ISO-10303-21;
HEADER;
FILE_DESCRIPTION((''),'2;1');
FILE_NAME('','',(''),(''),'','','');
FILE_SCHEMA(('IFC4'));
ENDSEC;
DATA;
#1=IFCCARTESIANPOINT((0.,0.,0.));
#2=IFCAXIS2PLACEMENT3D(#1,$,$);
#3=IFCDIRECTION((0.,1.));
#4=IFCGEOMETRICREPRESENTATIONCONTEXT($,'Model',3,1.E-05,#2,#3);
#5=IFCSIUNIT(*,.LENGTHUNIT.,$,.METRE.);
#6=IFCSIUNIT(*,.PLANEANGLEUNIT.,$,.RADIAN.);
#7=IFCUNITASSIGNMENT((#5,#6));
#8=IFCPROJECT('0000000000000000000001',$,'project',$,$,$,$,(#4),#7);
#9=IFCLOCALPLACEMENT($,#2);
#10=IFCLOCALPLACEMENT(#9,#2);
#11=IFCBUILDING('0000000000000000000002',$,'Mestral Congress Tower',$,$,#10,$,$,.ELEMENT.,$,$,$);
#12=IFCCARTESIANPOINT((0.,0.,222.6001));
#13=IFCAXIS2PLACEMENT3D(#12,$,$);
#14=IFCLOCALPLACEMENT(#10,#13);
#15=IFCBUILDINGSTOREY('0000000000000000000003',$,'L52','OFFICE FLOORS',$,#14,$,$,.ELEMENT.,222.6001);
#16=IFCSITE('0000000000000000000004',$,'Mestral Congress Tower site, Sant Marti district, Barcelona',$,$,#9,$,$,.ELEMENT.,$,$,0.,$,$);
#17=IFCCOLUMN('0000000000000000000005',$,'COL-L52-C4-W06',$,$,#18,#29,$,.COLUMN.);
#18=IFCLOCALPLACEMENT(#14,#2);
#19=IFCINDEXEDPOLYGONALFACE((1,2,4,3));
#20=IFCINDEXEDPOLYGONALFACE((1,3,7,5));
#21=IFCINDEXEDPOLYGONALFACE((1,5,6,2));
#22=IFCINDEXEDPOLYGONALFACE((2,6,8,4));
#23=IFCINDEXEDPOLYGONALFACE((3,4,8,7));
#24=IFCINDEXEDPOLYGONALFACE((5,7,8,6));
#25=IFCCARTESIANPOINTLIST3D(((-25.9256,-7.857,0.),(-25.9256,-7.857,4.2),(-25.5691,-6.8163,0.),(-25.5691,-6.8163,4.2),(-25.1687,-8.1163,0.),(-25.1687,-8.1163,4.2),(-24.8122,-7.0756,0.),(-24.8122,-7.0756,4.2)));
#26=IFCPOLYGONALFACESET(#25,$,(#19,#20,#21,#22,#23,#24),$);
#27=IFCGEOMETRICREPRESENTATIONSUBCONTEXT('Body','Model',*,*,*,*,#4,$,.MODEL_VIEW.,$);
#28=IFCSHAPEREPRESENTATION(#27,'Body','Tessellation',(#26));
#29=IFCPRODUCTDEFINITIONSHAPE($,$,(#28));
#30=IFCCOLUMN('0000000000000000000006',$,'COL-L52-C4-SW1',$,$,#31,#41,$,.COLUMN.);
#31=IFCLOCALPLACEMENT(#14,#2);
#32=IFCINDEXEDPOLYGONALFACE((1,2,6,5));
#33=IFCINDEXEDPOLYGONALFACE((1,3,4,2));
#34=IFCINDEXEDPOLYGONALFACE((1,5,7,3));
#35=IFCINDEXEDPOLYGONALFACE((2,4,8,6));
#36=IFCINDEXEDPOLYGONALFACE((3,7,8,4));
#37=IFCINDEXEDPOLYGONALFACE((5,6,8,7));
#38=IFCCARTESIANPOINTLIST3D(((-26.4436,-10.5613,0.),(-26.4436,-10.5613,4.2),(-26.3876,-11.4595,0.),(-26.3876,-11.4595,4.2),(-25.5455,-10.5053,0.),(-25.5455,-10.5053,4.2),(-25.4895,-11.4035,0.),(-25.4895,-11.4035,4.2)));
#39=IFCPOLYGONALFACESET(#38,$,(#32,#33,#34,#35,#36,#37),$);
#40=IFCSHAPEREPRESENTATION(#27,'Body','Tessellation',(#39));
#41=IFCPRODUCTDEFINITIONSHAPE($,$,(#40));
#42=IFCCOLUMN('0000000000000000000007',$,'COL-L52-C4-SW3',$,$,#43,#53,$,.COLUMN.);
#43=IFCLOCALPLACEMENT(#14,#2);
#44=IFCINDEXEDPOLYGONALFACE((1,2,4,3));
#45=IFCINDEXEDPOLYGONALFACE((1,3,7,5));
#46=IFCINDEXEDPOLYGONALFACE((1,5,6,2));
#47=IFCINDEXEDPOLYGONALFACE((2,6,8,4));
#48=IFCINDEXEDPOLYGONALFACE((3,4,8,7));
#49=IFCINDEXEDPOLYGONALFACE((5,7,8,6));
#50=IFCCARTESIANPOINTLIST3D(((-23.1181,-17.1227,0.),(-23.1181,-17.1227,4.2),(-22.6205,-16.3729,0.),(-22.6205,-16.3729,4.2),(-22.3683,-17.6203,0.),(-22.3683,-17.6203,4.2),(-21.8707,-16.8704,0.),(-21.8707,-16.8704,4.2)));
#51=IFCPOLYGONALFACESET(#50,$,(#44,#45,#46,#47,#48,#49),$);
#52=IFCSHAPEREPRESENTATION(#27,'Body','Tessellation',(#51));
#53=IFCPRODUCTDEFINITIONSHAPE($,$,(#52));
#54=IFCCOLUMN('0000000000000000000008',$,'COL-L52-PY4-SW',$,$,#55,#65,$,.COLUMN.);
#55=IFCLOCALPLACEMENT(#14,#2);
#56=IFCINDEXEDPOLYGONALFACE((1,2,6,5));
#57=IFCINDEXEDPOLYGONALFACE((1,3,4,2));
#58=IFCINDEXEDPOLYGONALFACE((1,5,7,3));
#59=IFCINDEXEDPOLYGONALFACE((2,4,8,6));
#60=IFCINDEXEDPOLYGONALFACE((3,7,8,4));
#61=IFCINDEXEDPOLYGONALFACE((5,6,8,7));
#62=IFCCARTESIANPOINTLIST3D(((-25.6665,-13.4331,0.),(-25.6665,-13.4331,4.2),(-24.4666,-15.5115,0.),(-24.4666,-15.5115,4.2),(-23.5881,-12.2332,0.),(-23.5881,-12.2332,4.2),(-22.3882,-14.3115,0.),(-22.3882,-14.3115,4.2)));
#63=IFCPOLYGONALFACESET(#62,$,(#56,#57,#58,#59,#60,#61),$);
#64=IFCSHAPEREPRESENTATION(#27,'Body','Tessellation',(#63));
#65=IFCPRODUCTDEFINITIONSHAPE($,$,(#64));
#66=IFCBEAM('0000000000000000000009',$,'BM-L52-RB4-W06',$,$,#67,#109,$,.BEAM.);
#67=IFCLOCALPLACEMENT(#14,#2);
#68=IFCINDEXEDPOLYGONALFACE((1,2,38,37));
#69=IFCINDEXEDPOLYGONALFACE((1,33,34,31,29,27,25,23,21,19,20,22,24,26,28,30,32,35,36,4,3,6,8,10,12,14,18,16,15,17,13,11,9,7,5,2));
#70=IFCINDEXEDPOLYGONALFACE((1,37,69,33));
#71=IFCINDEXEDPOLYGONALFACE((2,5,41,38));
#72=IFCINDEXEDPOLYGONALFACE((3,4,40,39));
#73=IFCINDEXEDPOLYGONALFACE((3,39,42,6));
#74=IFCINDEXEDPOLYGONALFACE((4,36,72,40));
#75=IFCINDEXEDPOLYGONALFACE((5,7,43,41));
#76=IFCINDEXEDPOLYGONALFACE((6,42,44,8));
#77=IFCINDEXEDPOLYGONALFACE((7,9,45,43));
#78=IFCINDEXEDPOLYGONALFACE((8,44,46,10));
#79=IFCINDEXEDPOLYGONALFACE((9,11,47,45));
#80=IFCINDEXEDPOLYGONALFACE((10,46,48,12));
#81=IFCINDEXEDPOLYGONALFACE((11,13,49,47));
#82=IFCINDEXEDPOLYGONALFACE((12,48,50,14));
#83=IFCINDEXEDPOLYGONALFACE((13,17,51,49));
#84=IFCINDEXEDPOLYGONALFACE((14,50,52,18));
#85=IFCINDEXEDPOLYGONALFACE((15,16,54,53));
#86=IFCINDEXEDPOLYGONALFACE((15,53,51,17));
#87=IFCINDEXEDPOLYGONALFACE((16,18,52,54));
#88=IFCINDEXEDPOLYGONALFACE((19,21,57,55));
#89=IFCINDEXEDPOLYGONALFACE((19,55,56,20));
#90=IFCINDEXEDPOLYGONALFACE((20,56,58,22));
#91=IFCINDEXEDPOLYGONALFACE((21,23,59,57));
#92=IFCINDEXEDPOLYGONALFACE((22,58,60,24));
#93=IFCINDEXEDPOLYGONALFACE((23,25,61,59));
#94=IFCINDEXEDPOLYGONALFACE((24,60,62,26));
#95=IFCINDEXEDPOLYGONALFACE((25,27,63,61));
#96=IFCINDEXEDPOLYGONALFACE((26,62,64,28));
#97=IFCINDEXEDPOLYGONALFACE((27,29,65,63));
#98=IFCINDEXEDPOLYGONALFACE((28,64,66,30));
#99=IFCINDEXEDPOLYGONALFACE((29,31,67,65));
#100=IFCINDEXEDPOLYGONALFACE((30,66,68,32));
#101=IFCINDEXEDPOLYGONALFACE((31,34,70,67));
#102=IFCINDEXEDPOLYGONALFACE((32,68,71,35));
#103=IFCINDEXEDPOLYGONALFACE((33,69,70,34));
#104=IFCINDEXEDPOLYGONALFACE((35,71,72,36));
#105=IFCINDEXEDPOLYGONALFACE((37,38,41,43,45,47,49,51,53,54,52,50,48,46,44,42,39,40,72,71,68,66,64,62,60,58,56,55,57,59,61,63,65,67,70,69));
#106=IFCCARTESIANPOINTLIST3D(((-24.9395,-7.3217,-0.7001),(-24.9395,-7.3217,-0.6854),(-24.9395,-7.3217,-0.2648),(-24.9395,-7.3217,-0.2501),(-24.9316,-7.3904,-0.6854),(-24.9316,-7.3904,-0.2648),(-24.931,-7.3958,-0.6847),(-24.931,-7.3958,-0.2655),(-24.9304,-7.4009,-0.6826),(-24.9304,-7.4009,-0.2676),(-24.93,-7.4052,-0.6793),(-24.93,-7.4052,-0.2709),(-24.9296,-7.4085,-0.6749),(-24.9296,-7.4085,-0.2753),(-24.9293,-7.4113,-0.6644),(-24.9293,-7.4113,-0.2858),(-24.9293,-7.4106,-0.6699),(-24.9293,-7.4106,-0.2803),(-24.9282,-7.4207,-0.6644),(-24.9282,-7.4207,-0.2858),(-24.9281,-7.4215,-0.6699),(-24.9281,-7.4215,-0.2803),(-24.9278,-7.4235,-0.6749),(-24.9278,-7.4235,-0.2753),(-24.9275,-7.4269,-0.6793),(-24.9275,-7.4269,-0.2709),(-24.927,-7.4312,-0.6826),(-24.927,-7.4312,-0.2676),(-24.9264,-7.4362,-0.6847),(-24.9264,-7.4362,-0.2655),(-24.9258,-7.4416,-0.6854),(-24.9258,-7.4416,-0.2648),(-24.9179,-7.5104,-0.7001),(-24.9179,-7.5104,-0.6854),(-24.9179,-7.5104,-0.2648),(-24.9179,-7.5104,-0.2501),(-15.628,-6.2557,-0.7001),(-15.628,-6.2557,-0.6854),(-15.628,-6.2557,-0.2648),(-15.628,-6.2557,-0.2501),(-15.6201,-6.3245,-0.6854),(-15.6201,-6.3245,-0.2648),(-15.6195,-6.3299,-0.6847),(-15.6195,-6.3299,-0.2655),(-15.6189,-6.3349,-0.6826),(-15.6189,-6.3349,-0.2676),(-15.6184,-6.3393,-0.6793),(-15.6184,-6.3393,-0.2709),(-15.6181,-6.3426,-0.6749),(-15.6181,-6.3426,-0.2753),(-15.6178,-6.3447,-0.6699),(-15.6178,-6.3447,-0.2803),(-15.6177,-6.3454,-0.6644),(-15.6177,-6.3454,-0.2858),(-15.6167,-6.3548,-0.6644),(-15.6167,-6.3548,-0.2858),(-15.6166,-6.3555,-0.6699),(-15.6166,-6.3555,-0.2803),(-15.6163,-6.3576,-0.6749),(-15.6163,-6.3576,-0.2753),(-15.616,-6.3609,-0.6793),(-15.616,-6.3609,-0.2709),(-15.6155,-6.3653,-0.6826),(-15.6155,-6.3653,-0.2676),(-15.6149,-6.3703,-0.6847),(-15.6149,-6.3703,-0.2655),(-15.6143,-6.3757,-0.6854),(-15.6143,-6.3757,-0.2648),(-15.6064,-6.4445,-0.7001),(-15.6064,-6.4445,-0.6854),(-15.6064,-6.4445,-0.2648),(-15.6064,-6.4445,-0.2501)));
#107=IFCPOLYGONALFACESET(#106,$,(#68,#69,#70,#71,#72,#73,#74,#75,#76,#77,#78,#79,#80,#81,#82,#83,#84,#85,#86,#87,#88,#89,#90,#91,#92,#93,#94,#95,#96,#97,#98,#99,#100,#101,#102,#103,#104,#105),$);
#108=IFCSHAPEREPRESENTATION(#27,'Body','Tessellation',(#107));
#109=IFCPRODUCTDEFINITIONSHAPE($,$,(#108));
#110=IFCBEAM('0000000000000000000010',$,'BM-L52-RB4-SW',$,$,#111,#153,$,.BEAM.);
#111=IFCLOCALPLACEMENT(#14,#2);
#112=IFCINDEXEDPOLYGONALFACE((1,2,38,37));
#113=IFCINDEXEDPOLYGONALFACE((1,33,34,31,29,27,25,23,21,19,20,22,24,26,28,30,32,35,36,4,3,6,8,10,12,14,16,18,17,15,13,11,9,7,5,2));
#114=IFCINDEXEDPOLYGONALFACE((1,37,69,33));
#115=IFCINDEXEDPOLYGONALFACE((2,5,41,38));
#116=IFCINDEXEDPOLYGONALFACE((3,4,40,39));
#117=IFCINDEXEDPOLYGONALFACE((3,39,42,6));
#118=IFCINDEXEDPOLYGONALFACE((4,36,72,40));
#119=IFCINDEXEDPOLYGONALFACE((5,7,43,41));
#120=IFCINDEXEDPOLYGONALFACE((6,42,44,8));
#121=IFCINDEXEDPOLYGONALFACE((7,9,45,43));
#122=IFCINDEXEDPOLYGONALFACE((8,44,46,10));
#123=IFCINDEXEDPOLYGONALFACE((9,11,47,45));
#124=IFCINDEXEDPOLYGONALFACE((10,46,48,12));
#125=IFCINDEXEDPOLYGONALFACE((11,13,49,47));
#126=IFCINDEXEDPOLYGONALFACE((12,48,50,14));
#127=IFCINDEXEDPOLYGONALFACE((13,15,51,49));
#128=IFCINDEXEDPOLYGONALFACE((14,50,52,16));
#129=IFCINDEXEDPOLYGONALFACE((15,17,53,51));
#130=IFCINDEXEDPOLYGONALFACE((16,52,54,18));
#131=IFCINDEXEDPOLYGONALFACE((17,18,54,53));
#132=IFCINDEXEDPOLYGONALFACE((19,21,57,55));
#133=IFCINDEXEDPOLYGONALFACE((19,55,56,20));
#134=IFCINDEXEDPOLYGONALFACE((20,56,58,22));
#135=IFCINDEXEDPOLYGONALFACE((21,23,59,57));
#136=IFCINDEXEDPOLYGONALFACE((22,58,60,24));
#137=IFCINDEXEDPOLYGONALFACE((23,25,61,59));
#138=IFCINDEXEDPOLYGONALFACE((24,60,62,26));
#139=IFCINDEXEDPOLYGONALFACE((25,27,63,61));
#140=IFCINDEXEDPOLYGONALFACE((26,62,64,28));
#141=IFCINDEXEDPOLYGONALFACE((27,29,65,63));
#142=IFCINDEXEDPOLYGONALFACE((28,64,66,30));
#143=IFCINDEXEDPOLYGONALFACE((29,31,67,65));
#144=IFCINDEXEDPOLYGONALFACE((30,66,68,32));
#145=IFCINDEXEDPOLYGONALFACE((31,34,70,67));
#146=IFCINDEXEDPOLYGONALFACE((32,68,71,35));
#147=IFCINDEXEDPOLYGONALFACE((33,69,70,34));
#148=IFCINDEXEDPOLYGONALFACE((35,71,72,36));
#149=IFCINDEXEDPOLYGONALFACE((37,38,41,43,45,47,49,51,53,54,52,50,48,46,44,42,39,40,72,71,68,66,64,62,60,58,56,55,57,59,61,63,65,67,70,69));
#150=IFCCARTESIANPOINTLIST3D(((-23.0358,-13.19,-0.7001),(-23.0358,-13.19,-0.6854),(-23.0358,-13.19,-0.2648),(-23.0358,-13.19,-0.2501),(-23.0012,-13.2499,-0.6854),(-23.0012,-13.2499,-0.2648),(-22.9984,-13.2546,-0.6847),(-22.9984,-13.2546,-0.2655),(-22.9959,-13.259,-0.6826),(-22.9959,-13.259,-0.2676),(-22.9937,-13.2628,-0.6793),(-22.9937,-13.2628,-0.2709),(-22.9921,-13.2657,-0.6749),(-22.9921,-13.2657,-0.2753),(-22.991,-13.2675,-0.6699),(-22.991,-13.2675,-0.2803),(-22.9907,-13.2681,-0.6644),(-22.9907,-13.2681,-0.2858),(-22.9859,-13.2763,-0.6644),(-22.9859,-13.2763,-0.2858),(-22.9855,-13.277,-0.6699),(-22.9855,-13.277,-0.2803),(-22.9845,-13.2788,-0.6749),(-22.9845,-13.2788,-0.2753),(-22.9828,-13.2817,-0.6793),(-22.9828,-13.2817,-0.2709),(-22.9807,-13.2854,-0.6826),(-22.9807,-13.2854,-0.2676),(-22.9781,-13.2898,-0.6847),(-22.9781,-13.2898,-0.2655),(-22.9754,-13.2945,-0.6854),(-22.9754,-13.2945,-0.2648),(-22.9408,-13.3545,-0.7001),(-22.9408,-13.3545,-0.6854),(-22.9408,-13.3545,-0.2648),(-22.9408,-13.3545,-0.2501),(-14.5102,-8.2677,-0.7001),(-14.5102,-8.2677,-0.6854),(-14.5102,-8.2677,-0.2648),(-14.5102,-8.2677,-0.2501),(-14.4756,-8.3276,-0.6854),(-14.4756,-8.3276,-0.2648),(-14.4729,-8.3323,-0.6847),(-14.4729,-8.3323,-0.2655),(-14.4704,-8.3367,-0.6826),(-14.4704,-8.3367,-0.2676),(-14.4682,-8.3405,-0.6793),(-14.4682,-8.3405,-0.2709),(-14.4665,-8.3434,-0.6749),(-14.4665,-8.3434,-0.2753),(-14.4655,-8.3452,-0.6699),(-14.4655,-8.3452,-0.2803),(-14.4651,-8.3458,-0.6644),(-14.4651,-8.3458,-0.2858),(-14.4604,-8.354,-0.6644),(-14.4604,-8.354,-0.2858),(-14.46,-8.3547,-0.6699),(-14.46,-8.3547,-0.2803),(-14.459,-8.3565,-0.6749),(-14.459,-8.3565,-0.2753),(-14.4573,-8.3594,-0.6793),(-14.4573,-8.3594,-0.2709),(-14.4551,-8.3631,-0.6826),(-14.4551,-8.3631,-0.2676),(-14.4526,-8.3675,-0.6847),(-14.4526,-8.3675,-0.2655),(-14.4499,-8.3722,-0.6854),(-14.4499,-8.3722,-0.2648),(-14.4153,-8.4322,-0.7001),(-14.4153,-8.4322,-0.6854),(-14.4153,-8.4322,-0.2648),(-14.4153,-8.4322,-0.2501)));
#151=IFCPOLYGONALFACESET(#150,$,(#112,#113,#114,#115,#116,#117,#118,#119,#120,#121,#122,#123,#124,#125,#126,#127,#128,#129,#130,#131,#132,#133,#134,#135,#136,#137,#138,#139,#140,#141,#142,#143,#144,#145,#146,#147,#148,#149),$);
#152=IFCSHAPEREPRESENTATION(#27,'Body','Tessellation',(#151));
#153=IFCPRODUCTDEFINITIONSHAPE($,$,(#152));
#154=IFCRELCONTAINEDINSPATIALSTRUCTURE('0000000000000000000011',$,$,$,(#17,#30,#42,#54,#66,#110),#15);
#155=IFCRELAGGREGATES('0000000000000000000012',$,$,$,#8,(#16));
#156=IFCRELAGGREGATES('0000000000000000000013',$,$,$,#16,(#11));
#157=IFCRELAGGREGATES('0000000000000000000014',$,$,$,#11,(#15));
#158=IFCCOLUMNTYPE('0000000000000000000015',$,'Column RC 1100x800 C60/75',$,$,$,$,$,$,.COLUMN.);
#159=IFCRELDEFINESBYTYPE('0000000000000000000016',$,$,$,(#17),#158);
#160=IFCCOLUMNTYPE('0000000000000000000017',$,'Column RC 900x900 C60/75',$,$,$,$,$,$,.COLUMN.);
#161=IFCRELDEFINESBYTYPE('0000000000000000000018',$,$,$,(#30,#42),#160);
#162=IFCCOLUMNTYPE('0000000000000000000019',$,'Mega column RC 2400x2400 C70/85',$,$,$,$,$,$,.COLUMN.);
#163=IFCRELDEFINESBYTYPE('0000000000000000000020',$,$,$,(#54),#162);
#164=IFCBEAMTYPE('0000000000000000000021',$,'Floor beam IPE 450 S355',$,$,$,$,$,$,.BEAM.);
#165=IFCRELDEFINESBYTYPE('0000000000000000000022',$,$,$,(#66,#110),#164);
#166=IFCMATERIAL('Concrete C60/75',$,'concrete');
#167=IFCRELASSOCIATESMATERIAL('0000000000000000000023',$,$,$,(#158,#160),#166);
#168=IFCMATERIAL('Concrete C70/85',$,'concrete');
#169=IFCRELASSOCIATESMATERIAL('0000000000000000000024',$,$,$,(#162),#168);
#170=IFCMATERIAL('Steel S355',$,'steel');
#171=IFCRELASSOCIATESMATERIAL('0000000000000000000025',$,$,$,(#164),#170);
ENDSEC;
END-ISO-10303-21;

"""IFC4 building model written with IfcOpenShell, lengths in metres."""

from ifc_helpers import new_model, si_unit, direction, frame, origin, origin_2d, place, context, subcontext, project, spatial, rectangle, i_section, extrude, material, material_profile, profile_set, type_object, element, save


model = new_model("IFC4")

# Units and contexts
model_context = context("Model", 3, precision=1e-05, world=origin(), true_north=direction((0.0, 1.0)))
body_context = subcontext(model_context, "Body", "Model", "MODEL_VIEW")
ifc_project = project(units=[si_unit("LENGTHUNIT", "METRE"), si_unit("PLANEANGLEUNIT", "RADIAN")], contexts=[model_context])

# Site, building, storey
site_placement = place(None, origin())
site = spatial("IfcSite", under=ifc_project, at=site_placement, Name="Mestral Congress Tower site, Sant Marti district, Barcelona", CompositionType="ELEMENT", RefElevation=0.0)
building_placement = place(site_placement, origin())
building = spatial("IfcBuilding", under=site, at=building_placement, Name="Mestral Congress Tower", CompositionType="ELEMENT")
storey_placement = place(building_placement, frame((0.0, 0.0, 222.6001)))
storey = spatial("IfcBuildingStorey", under=building, at=storey_placement, Name="L52", Description="OFFICE FLOORS", CompositionType="ELEMENT", Elevation=222.6001)

# Columns
ifc_material_1 = material(Name="Concrete C60/75", Category="concrete")
ifc_material_profile_1 = material_profile(ifc_material_1, rectangle(XDim=1.1001, YDim=0.8, at=origin_2d()), Name="RC 1100x800")
ifc_profile_set_1 = profile_set([ifc_material_profile_1], Name="Concrete C60/75")
column_type_1 = type_object("IfcColumnType", Name="Column RC 1100x800 C60/75", PredefinedType="COLUMN", material=ifc_profile_set_1)
column_1_placement = place(storey_placement, frame((-25.3689, -7.4663, 0.0), z_axis=(0.0, 0.0, 1.0), x_axis=(-0.324074, -0.946032, 0.0)))
element("IfcColumn", 1, at=column_1_placement, inside=storey, type_object=column_type_1, Name="COL-L52-C4-W06", PredefinedType="COLUMN", context=body_context, shape_type="SweptSolid", body=[
    extrude(rectangle(XDim=1.1001, YDim=0.8, at=origin_2d()), origin(), (0.0, 0.0, 1.0), 4.2),
])
ifc_material_profile_2 = material_profile(ifc_material_1, rectangle(XDim=0.8999, YDim=0.8999, at=origin_2d()), Name="RC 900x900")
ifc_profile_set_2 = profile_set([ifc_material_profile_2], Name="Concrete C60/75")
column_type_2 = type_object("IfcColumnType", Name="Column RC 900x900 C60/75", PredefinedType="COLUMN", material=ifc_profile_set_2)
for number, where, z_axis, x_axis, name in (
    (2, (-25.9666, -10.9824, 0.0), (0.0, 0.0, 1.0), (0.062217, -0.998063, 0.0), "COL-L52-C4-SW1"),
    (3, (-22.4944, -16.9966, 0.0), (0.0, 0.0, 1.0), (0.833239, -0.552913, 0.0), "COL-L52-C4-SW3"),
):
    element("IfcColumn", number, at=place(storey_placement, frame(where, z_axis=z_axis, x_axis=x_axis)), inside=storey, type_object=column_type_2, Name=name, PredefinedType="COLUMN", context=body_context, shape_type="SweptSolid", body=[
        extrude(rectangle(XDim=0.8999, YDim=0.8999, at=origin_2d()), origin(), (0.0, 0.0, 1.0), 4.2),
    ])
ifc_material_2 = material(Name="Concrete C70/85", Category="concrete")
ifc_material_profile_3 = material_profile(ifc_material_2, rectangle(XDim=2.3999, YDim=2.3999, at=origin_2d()), Name="RC 2400x2400")
ifc_profile_set_3 = profile_set([ifc_material_profile_3], Name="Concrete C70/85")
column_type_3 = type_object("IfcColumnType", Name="Mega column RC 2400x2400 C70/85", PredefinedType="COLUMN", material=ifc_profile_set_3)
column_2_placement = place(storey_placement, frame((-24.0273, -13.8723, 0.0), z_axis=(0.0, 0.0, 1.0), x_axis=(-0.866025, -0.5, 0.0)))
element("IfcColumn", 4, at=column_2_placement, inside=storey, type_object=column_type_3, Name="COL-L52-PY4-SW", PredefinedType="COLUMN", context=body_context, shape_type="SweptSolid", body=[
    extrude(rectangle(XDim=2.3999, YDim=2.3999, at=origin_2d()), origin(), (0.0, 0.0, 1.0), 4.2),
])

# Beams
ifc_material_3 = material(Name="Steel S355", Category="steel")
ifc_material_profile_4 = material_profile(ifc_material_3, i_section(OverallWidth=0.1899, OverallDepth=0.45, WebThickness=0.0095, FlangeThickness=0.0146, FilletRadius=0.021, at=origin_2d()), Name="IPE 450")
ifc_profile_set_4 = profile_set([ifc_material_profile_4], Name="Steel S355")
beam_type_1 = type_object("IfcBeamType", Name="Floor beam IPE 450 S355", PredefinedType="BEAM", material=ifc_profile_set_4)
beam_1_placement = place(storey_placement, frame((-24.9287, -7.416, -0.4751), z_axis=(0.993512, 0.11373, 0.0), x_axis=(-0.11373, 0.993512, 0.0)))
element("IfcBeam", 5, at=beam_1_placement, inside=storey, type_object=beam_type_1, Name="BM-L52-RB4-W06", PredefinedType="BEAM", context=body_context, shape_type="SweptSolid", body=[
    extrude(i_section(OverallWidth=0.1899, OverallDepth=0.45, WebThickness=0.0095, FlangeThickness=0.0146, FilletRadius=0.021, at=origin_2d()), origin(), (0.0, 0.0, 1.0), 9.3723),
])
beam_2_placement = place(storey_placement, frame((-22.9883, -13.2722, -0.4751), z_axis=(0.866022, 0.500007, 0.0), x_axis=(-0.500007, 0.866022, 0.0)))
element("IfcBeam", 6, at=beam_2_placement, inside=storey, type_object=beam_type_1, Name="BM-L52-RB4-SW", PredefinedType="BEAM", context=body_context, shape_type="SweptSolid", body=[
    extrude(i_section(OverallWidth=0.1899, OverallDepth=0.45, WebThickness=0.0095, FlangeThickness=0.0146, FilletRadius=0.021, at=origin_2d()), origin(), (0.0, 0.0, 1.0), 9.8445),
])

save(model, "model.ifc")
